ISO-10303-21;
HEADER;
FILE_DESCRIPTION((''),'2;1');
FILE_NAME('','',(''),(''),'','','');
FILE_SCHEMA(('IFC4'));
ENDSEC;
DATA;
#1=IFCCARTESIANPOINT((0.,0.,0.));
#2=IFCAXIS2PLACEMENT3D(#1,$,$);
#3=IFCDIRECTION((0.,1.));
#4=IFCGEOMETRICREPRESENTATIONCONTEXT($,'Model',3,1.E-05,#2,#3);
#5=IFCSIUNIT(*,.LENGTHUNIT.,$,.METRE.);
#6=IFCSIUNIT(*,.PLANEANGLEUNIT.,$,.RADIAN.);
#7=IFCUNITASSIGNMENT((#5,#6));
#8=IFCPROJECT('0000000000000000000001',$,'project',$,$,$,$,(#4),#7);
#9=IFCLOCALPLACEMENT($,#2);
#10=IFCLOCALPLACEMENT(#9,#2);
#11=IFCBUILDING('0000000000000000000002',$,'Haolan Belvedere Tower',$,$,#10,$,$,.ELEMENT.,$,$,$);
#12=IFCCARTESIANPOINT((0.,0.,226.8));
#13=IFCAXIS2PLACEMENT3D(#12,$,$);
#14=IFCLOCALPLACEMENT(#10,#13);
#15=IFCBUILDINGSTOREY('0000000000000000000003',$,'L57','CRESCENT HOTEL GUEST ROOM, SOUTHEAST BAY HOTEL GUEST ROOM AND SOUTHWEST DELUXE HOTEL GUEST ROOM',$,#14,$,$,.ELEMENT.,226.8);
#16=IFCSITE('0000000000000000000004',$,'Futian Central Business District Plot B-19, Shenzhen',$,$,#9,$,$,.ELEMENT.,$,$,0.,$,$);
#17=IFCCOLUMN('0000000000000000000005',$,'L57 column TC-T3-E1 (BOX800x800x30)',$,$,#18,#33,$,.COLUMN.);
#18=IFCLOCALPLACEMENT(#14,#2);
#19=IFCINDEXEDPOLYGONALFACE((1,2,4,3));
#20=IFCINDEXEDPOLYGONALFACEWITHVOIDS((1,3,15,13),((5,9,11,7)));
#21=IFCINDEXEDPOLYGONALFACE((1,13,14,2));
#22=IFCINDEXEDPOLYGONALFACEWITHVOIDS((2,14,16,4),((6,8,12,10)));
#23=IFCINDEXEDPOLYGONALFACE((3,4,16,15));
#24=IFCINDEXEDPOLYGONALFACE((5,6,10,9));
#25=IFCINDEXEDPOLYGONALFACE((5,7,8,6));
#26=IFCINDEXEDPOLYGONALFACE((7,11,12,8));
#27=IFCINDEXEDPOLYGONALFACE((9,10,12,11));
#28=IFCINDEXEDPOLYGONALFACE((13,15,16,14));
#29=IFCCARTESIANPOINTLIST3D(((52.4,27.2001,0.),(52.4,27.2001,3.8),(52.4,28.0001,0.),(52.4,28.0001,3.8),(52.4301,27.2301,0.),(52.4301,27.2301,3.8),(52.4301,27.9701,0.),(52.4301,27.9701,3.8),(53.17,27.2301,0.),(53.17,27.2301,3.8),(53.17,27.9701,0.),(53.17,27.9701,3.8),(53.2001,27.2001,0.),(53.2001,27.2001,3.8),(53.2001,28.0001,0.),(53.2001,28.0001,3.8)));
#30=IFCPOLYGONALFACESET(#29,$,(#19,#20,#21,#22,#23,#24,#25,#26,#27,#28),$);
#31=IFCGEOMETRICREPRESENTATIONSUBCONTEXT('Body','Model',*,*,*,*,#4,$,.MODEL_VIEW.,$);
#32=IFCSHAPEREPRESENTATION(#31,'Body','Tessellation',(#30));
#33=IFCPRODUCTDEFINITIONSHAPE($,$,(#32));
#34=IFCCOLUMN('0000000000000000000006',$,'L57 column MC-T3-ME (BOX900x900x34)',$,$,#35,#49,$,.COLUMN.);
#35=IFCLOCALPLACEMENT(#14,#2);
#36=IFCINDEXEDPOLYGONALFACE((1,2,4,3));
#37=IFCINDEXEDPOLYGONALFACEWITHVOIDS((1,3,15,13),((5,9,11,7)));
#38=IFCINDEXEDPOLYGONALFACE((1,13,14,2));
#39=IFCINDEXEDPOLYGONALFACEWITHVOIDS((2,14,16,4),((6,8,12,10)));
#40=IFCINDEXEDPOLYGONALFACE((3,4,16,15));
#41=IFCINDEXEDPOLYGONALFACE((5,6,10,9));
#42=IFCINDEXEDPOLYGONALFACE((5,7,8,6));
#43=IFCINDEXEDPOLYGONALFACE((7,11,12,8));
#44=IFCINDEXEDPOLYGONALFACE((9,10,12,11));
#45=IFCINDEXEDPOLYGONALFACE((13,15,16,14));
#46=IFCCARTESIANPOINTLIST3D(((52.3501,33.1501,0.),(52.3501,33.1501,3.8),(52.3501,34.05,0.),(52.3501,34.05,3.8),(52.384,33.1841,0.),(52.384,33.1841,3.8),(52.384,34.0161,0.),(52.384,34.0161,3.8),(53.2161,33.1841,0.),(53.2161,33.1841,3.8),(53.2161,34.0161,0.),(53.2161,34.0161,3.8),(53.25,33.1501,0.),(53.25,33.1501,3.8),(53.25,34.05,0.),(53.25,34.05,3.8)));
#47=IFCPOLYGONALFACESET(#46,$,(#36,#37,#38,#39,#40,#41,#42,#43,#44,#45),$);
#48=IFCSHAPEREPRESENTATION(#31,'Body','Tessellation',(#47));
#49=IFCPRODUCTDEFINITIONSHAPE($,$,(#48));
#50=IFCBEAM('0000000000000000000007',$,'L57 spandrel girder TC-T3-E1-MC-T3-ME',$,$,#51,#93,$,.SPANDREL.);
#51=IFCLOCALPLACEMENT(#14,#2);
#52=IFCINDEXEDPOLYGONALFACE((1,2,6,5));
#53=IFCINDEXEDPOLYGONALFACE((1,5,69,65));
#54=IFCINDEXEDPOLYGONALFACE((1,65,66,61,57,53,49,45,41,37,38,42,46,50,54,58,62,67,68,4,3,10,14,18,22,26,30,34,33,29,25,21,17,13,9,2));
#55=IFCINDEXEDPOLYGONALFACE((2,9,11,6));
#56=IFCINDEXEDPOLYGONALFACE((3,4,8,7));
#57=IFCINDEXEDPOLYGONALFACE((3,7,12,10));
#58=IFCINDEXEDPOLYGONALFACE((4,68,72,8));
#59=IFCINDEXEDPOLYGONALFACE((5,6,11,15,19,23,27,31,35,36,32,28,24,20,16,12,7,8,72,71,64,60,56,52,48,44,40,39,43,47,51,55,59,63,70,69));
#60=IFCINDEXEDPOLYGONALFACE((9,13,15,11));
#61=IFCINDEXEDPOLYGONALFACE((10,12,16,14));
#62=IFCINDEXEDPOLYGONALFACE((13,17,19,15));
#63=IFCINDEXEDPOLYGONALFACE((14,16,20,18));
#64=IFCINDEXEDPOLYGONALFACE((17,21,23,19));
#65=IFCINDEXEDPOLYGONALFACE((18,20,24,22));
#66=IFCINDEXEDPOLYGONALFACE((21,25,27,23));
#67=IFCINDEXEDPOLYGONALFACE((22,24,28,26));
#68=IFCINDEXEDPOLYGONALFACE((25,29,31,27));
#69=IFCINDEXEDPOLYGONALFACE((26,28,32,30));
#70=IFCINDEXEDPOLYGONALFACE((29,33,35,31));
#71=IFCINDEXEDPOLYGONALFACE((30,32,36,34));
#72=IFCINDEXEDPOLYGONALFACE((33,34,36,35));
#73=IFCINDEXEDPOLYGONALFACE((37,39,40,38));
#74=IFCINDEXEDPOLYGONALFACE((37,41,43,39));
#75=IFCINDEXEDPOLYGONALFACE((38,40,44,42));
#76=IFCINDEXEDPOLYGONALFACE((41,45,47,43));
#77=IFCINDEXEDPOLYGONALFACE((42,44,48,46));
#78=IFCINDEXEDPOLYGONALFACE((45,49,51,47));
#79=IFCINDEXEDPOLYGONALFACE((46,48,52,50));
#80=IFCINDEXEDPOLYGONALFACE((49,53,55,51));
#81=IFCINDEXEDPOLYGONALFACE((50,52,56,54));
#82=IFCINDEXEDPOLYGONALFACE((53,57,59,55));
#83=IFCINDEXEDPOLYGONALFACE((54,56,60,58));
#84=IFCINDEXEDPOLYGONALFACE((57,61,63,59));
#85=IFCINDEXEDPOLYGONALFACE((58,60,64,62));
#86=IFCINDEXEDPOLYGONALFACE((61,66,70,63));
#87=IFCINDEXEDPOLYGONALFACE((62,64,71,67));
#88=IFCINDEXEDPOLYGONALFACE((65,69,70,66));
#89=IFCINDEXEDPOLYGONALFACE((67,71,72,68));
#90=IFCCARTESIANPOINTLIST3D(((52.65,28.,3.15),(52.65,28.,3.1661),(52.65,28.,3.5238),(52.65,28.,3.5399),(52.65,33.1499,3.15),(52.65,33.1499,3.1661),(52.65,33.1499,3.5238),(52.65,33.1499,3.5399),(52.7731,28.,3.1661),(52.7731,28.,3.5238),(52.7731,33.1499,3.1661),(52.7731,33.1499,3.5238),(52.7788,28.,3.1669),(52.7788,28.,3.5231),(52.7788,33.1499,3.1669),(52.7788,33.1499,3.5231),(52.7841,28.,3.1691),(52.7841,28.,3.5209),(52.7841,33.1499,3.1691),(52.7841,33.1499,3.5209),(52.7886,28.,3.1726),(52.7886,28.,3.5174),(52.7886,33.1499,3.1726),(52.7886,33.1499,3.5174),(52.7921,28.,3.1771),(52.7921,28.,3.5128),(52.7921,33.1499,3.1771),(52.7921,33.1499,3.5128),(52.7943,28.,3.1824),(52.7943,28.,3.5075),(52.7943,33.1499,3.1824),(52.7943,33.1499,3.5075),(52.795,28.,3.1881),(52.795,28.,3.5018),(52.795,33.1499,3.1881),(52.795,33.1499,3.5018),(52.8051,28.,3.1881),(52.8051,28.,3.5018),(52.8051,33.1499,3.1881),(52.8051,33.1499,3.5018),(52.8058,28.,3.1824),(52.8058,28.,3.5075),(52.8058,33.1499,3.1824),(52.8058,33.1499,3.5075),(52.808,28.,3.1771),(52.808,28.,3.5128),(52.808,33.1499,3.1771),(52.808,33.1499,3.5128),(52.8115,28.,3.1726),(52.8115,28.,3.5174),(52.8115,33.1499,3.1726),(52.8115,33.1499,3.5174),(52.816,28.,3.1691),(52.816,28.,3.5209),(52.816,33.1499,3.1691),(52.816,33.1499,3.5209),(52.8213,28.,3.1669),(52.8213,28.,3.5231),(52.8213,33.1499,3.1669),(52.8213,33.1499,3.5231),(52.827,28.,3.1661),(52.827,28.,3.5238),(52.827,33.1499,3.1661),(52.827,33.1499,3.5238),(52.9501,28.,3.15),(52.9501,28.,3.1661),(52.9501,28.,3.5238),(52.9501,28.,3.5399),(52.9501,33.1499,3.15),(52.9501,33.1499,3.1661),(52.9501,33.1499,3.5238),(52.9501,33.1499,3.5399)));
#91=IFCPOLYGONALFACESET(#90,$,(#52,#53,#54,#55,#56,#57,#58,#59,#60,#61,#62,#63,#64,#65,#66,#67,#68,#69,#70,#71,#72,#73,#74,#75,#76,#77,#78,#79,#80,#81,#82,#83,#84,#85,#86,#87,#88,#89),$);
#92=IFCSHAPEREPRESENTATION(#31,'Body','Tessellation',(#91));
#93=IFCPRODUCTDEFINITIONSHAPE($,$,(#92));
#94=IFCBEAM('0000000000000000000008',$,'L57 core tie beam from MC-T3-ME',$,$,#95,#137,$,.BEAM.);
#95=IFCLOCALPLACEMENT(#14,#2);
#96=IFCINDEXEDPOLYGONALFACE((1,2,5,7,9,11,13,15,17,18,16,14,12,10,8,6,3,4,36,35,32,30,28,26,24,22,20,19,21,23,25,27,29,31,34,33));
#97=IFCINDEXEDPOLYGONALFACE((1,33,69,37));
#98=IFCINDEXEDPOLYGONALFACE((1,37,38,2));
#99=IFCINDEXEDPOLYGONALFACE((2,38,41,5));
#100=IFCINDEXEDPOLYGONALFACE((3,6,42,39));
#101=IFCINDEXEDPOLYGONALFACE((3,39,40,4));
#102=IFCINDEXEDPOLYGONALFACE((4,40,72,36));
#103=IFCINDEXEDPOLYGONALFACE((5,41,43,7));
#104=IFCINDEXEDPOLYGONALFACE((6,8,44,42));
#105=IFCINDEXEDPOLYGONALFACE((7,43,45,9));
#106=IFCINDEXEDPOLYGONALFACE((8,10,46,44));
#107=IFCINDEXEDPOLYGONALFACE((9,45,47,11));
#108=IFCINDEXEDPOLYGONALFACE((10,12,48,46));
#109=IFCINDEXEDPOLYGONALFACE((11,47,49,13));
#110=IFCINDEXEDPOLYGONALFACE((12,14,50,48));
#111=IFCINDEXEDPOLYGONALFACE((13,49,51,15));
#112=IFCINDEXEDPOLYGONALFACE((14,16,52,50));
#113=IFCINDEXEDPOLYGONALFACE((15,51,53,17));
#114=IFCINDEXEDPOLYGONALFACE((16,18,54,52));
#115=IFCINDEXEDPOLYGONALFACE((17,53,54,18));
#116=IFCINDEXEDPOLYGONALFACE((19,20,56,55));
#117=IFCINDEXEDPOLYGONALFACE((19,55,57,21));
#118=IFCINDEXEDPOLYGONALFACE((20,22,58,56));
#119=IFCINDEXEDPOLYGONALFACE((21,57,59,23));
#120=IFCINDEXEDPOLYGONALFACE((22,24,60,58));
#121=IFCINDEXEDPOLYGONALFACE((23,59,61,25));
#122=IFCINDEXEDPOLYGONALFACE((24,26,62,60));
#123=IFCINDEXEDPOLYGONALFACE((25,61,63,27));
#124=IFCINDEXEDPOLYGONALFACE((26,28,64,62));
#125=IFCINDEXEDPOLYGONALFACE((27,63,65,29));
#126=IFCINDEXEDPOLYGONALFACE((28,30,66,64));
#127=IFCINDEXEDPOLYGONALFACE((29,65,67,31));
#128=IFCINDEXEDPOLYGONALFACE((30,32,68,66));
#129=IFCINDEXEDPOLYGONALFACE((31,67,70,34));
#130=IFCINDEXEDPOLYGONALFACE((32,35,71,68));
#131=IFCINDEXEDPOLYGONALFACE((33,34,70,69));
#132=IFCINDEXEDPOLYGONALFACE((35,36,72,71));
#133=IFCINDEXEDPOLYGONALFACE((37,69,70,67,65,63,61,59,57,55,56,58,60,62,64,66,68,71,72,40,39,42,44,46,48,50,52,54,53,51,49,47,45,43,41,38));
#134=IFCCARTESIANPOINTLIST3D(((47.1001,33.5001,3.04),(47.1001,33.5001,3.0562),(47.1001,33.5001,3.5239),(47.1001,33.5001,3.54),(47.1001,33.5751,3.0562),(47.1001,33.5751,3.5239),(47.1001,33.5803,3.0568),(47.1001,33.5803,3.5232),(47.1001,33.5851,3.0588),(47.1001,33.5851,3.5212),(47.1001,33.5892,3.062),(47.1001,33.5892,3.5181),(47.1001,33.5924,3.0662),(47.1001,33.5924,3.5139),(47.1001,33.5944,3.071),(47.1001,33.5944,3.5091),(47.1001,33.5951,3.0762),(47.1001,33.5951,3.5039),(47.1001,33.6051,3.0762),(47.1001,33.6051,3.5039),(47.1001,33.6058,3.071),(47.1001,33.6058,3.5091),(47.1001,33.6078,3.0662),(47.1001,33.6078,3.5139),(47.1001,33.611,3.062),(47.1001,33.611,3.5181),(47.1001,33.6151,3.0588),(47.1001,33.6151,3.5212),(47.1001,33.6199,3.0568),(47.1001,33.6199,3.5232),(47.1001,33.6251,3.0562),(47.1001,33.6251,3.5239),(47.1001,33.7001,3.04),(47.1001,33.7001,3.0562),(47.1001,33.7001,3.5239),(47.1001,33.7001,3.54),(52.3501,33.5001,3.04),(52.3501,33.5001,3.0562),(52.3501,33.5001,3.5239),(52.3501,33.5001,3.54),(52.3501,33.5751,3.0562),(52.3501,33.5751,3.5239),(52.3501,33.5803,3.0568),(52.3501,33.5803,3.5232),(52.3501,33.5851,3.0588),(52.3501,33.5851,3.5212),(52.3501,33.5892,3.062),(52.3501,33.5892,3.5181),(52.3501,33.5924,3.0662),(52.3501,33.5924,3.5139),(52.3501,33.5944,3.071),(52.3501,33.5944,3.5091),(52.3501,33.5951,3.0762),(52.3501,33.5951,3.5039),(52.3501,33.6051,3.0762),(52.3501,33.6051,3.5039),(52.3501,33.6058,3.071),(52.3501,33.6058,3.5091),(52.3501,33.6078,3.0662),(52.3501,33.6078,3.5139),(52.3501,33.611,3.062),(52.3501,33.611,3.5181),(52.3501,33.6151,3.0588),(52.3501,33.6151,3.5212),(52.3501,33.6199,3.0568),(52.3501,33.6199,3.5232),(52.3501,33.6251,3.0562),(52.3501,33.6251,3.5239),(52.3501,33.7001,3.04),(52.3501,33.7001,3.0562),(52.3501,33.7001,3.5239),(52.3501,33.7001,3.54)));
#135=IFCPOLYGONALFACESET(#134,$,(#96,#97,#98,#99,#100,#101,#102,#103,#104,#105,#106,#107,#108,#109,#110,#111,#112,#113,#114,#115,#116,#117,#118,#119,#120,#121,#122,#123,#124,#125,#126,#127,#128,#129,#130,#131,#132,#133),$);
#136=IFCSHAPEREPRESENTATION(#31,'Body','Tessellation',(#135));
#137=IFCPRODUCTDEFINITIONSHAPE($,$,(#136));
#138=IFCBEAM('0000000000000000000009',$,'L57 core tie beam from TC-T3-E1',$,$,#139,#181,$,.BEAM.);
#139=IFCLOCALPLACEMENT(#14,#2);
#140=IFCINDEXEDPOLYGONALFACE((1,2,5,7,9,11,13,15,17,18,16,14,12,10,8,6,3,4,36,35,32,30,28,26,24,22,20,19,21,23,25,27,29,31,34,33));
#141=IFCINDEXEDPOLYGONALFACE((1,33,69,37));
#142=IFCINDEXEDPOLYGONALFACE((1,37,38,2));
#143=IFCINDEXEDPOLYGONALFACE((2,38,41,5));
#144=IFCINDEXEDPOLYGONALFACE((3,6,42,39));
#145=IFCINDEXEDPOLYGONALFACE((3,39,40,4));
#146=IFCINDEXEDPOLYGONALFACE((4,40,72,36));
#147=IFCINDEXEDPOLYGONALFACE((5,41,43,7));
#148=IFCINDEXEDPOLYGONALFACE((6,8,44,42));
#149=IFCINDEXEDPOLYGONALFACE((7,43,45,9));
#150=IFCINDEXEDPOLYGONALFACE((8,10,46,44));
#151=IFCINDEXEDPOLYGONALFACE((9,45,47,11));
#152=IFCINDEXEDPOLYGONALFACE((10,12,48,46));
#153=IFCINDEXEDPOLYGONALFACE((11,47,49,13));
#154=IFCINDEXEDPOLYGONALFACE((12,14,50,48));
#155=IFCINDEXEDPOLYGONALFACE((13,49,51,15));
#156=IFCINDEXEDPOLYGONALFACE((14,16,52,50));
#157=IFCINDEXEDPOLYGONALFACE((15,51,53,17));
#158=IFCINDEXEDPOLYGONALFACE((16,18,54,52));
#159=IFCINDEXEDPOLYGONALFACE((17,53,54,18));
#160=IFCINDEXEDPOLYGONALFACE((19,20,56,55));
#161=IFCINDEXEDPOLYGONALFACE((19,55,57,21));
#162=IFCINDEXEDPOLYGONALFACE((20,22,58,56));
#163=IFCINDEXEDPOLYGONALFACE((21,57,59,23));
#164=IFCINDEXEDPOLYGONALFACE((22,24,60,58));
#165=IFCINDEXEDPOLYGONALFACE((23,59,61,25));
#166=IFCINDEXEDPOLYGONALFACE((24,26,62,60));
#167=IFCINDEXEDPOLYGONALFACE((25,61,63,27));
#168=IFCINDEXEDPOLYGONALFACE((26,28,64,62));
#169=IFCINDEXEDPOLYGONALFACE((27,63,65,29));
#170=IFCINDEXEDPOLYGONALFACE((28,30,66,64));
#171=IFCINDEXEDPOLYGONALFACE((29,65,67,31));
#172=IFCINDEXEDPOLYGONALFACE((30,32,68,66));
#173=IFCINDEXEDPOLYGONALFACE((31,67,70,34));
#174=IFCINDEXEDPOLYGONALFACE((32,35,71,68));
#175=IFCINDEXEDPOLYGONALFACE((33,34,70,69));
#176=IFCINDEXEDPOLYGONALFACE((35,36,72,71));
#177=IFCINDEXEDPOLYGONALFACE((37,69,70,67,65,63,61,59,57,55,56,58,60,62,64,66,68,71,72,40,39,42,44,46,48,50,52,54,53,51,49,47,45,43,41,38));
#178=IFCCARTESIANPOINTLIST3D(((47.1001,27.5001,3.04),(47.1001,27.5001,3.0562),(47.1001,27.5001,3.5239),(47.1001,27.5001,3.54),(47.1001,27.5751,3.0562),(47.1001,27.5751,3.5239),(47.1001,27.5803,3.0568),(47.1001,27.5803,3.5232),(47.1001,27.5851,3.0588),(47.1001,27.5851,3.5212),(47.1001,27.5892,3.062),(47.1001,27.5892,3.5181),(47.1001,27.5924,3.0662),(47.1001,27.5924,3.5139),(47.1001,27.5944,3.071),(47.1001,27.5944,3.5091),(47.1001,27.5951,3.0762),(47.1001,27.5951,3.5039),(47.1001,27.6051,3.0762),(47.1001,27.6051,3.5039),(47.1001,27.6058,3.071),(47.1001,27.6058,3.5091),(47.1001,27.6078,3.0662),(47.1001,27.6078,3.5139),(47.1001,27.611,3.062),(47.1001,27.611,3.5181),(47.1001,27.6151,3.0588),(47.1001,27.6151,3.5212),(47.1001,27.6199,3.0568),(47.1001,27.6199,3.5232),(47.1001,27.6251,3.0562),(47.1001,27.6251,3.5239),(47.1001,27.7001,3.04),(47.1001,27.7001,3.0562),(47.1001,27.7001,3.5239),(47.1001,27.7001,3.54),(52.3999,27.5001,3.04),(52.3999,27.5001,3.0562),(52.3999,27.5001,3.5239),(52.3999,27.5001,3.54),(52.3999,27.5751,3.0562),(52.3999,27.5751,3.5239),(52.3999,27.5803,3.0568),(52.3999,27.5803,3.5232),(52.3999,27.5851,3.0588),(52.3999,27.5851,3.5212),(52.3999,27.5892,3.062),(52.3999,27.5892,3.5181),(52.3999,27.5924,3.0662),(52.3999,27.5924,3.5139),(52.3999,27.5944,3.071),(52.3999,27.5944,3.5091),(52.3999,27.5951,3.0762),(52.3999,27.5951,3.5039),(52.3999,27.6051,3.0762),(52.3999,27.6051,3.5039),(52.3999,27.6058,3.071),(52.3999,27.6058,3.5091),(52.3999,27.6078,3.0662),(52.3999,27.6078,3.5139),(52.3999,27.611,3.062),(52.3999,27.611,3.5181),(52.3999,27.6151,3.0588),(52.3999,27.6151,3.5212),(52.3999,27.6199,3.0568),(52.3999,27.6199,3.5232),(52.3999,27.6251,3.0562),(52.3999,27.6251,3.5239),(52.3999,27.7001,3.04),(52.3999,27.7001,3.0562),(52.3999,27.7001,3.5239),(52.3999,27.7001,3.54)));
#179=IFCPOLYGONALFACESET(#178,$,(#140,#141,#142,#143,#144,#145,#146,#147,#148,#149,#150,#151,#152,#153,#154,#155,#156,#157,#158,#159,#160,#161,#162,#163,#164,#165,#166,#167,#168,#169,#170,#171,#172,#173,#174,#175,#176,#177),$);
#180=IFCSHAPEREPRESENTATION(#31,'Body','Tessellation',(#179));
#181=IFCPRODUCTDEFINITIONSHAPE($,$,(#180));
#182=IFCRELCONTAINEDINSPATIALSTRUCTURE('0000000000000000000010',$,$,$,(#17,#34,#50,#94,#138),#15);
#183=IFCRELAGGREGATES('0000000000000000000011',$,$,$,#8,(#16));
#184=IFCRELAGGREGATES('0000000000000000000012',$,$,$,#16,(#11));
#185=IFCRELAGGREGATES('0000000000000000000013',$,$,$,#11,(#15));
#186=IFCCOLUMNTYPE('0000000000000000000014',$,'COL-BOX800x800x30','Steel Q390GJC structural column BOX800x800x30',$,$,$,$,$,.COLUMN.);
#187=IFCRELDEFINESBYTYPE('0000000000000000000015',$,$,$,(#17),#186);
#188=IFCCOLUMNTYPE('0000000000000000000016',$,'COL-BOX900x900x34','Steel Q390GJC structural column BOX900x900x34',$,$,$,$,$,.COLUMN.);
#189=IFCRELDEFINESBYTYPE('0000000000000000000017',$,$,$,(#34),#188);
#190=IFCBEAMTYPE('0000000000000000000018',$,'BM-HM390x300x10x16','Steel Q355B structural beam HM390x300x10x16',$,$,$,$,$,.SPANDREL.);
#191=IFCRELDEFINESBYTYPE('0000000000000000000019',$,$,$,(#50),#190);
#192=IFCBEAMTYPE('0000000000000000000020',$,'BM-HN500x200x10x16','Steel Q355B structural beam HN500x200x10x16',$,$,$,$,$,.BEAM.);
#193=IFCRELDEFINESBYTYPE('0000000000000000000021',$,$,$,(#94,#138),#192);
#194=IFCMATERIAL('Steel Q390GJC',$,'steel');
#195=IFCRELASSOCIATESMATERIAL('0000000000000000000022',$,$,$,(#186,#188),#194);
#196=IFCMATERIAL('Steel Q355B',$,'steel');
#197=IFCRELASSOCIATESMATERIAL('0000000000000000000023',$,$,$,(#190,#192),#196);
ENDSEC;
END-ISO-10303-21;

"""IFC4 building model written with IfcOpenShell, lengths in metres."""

from ifc_helpers import new_model, si_unit, direction, frame, origin, origin_2d, place, context, subcontext, project, spatial, hollow_rectangle, i_section, extrude, material, material_profile, profile_set, type_object, element, save


model = new_model("IFC4")

# Units and contexts
model_context = context("Model", 3, precision=1e-05, world=origin(), true_north=direction((0.0, 1.0)))
body_context = subcontext(model_context, "Body", "Model", "MODEL_VIEW")
ifc_project = project(units=[si_unit("LENGTHUNIT", "METRE"), si_unit("PLANEANGLEUNIT", "RADIAN")], contexts=[model_context])

# Site, building, storey
site_placement = place(None, origin())
site = spatial("IfcSite", under=ifc_project, at=site_placement, Name="Futian Central Business District Plot B-19, Shenzhen", CompositionType="ELEMENT", RefElevation=0.0)
building_placement = place(site_placement, origin())
building = spatial("IfcBuilding", under=site, at=building_placement, Name="Haolan Belvedere Tower", CompositionType="ELEMENT")
storey_placement = place(building_placement, frame((0.0, 0.0, 226.8)))
storey = spatial("IfcBuildingStorey", under=building, at=storey_placement, Name="L57", Description="CRESCENT HOTEL GUEST ROOM, SOUTHEAST BAY HOTEL GUEST ROOM AND SOUTHWEST DELUXE HOTEL GUEST ROOM", CompositionType="ELEMENT", Elevation=226.8)

# Columns
ifc_material_1 = material(Name="Steel Q390GJC", Category="steel")
ifc_material_profile_1 = material_profile(ifc_material_1, hollow_rectangle(XDim=0.8, YDim=0.8, WallThickness=0.03, at=origin_2d()), Name="Steel Q390GJC")
ifc_profile_set_1 = profile_set([ifc_material_profile_1], Name="Steel Q390GJC")
column_type_1 = type_object("IfcColumnType", Name="COL-BOX800x800x30", Description="Steel Q390GJC structural column BOX800x800x30", PredefinedType="COLUMN", material=ifc_profile_set_1)
column_1_placement = place(storey_placement, frame((52.8, 27.6001, 0.0), z_axis=(0.0, 0.0, 1.0), x_axis=(1.0, 0.0, 0.0)))
element("IfcColumn", 1, at=column_1_placement, inside=storey, type_object=column_type_1, Name="L57 column TC-T3-E1 (BOX800x800x30)", PredefinedType="COLUMN", context=body_context, shape_type="SweptSolid", body=[
    extrude(hollow_rectangle(XDim=0.8, YDim=0.8, WallThickness=0.03, at=origin_2d()), origin(), (0.0, 0.0, 1.0), 3.8),
])
ifc_material_profile_2 = material_profile(ifc_material_1, hollow_rectangle(XDim=0.8999, YDim=0.8999, WallThickness=0.0339, at=origin_2d()), Name="Steel Q390GJC")
ifc_profile_set_2 = profile_set([ifc_material_profile_2], Name="Steel Q390GJC")
column_type_2 = type_object("IfcColumnType", Name="COL-BOX900x900x34", Description="Steel Q390GJC structural column BOX900x900x34", PredefinedType="COLUMN", material=ifc_profile_set_2)
column_2_placement = place(storey_placement, frame((52.8, 33.6001, 0.0), z_axis=(0.0, 0.0, 1.0), x_axis=(1.0, 0.0, 0.0)))
element("IfcColumn", 2, at=column_2_placement, inside=storey, type_object=column_type_2, Name="L57 column MC-T3-ME (BOX900x900x34)", PredefinedType="COLUMN", context=body_context, shape_type="SweptSolid", body=[
    extrude(hollow_rectangle(XDim=0.8999, YDim=0.8999, WallThickness=0.0339, at=origin_2d()), origin(), (0.0, 0.0, 1.0), 3.8),
])

# Beams
ifc_material_2 = material(Name="Steel Q355B", Category="steel")
ifc_material_profile_3 = material_profile(ifc_material_2, i_section(OverallWidth=0.3, OverallDepth=0.3899, WebThickness=0.01, FlangeThickness=0.0161, FilletRadius=0.022, at=origin_2d()), Name="Steel Q355B")
ifc_profile_set_3 = profile_set([ifc_material_profile_3], Name="Steel Q355B")
beam_type_1 = type_object("IfcBeamType", Name="BM-HM390x300x10x16", Description="Steel Q355B structural beam HM390x300x10x16", PredefinedType="SPANDREL", material=ifc_profile_set_3)
beam_1_placement = place(storey_placement, frame((52.8, 28.0, 3.345), z_axis=(0.0, 1.0, 0.0), x_axis=(-1.0, 0.0, 0.0)))
element("IfcBeam", 3, at=beam_1_placement, inside=storey, type_object=beam_type_1, Name="L57 spandrel girder TC-T3-E1-MC-T3-ME", PredefinedType="SPANDREL", context=body_context, shape_type="SweptSolid", body=[
    extrude(i_section(OverallWidth=0.3, OverallDepth=0.3899, WebThickness=0.01, FlangeThickness=0.0161, FilletRadius=0.022, at=origin_2d()), origin(), (0.0, 0.0, 1.0), 5.1499),
])
ifc_material_profile_4 = material_profile(ifc_material_2, i_section(OverallWidth=0.2, OverallDepth=0.5, WebThickness=0.01, FlangeThickness=0.0161, FilletRadius=0.02, at=origin_2d()), Name="Steel Q355B")
ifc_profile_set_4 = profile_set([ifc_material_profile_4], Name="Steel Q355B")
beam_type_2 = type_object("IfcBeamType", Name="BM-HN500x200x10x16", Description="Steel Q355B structural beam HN500x200x10x16", PredefinedType="BEAM", material=ifc_profile_set_4)
beam_2_placement = place(storey_placement, frame((52.3501, 33.6001, 3.29), z_axis=(-1.0, 0.0, 0.0), x_axis=(0.0, -1.0, 0.0)))
element("IfcBeam", 4, at=beam_2_placement, inside=storey, type_object=beam_type_2, Name="L57 core tie beam from MC-T3-ME", PredefinedType="BEAM", context=body_context, shape_type="SweptSolid", body=[
    extrude(i_section(OverallWidth=0.2, OverallDepth=0.5, WebThickness=0.01, FlangeThickness=0.0161, FilletRadius=0.02, at=origin_2d()), origin(), (0.0, 0.0, 1.0), 5.25),
])
beam_3_placement = place(storey_placement, frame((52.3999, 27.6001, 3.29), z_axis=(-1.0, 0.0, 0.0), x_axis=(0.0, -1.0, 0.0)))
element("IfcBeam", 5, at=beam_3_placement, inside=storey, type_object=beam_type_2, Name="L57 core tie beam from TC-T3-E1", PredefinedType="BEAM", context=body_context, shape_type="SweptSolid", body=[
    extrude(i_section(OverallWidth=0.2, OverallDepth=0.5, WebThickness=0.01, FlangeThickness=0.0161, FilletRadius=0.02, at=origin_2d()), origin(), (0.0, 0.0, 1.0), 5.2998),
])

save(model, "model.ifc")
